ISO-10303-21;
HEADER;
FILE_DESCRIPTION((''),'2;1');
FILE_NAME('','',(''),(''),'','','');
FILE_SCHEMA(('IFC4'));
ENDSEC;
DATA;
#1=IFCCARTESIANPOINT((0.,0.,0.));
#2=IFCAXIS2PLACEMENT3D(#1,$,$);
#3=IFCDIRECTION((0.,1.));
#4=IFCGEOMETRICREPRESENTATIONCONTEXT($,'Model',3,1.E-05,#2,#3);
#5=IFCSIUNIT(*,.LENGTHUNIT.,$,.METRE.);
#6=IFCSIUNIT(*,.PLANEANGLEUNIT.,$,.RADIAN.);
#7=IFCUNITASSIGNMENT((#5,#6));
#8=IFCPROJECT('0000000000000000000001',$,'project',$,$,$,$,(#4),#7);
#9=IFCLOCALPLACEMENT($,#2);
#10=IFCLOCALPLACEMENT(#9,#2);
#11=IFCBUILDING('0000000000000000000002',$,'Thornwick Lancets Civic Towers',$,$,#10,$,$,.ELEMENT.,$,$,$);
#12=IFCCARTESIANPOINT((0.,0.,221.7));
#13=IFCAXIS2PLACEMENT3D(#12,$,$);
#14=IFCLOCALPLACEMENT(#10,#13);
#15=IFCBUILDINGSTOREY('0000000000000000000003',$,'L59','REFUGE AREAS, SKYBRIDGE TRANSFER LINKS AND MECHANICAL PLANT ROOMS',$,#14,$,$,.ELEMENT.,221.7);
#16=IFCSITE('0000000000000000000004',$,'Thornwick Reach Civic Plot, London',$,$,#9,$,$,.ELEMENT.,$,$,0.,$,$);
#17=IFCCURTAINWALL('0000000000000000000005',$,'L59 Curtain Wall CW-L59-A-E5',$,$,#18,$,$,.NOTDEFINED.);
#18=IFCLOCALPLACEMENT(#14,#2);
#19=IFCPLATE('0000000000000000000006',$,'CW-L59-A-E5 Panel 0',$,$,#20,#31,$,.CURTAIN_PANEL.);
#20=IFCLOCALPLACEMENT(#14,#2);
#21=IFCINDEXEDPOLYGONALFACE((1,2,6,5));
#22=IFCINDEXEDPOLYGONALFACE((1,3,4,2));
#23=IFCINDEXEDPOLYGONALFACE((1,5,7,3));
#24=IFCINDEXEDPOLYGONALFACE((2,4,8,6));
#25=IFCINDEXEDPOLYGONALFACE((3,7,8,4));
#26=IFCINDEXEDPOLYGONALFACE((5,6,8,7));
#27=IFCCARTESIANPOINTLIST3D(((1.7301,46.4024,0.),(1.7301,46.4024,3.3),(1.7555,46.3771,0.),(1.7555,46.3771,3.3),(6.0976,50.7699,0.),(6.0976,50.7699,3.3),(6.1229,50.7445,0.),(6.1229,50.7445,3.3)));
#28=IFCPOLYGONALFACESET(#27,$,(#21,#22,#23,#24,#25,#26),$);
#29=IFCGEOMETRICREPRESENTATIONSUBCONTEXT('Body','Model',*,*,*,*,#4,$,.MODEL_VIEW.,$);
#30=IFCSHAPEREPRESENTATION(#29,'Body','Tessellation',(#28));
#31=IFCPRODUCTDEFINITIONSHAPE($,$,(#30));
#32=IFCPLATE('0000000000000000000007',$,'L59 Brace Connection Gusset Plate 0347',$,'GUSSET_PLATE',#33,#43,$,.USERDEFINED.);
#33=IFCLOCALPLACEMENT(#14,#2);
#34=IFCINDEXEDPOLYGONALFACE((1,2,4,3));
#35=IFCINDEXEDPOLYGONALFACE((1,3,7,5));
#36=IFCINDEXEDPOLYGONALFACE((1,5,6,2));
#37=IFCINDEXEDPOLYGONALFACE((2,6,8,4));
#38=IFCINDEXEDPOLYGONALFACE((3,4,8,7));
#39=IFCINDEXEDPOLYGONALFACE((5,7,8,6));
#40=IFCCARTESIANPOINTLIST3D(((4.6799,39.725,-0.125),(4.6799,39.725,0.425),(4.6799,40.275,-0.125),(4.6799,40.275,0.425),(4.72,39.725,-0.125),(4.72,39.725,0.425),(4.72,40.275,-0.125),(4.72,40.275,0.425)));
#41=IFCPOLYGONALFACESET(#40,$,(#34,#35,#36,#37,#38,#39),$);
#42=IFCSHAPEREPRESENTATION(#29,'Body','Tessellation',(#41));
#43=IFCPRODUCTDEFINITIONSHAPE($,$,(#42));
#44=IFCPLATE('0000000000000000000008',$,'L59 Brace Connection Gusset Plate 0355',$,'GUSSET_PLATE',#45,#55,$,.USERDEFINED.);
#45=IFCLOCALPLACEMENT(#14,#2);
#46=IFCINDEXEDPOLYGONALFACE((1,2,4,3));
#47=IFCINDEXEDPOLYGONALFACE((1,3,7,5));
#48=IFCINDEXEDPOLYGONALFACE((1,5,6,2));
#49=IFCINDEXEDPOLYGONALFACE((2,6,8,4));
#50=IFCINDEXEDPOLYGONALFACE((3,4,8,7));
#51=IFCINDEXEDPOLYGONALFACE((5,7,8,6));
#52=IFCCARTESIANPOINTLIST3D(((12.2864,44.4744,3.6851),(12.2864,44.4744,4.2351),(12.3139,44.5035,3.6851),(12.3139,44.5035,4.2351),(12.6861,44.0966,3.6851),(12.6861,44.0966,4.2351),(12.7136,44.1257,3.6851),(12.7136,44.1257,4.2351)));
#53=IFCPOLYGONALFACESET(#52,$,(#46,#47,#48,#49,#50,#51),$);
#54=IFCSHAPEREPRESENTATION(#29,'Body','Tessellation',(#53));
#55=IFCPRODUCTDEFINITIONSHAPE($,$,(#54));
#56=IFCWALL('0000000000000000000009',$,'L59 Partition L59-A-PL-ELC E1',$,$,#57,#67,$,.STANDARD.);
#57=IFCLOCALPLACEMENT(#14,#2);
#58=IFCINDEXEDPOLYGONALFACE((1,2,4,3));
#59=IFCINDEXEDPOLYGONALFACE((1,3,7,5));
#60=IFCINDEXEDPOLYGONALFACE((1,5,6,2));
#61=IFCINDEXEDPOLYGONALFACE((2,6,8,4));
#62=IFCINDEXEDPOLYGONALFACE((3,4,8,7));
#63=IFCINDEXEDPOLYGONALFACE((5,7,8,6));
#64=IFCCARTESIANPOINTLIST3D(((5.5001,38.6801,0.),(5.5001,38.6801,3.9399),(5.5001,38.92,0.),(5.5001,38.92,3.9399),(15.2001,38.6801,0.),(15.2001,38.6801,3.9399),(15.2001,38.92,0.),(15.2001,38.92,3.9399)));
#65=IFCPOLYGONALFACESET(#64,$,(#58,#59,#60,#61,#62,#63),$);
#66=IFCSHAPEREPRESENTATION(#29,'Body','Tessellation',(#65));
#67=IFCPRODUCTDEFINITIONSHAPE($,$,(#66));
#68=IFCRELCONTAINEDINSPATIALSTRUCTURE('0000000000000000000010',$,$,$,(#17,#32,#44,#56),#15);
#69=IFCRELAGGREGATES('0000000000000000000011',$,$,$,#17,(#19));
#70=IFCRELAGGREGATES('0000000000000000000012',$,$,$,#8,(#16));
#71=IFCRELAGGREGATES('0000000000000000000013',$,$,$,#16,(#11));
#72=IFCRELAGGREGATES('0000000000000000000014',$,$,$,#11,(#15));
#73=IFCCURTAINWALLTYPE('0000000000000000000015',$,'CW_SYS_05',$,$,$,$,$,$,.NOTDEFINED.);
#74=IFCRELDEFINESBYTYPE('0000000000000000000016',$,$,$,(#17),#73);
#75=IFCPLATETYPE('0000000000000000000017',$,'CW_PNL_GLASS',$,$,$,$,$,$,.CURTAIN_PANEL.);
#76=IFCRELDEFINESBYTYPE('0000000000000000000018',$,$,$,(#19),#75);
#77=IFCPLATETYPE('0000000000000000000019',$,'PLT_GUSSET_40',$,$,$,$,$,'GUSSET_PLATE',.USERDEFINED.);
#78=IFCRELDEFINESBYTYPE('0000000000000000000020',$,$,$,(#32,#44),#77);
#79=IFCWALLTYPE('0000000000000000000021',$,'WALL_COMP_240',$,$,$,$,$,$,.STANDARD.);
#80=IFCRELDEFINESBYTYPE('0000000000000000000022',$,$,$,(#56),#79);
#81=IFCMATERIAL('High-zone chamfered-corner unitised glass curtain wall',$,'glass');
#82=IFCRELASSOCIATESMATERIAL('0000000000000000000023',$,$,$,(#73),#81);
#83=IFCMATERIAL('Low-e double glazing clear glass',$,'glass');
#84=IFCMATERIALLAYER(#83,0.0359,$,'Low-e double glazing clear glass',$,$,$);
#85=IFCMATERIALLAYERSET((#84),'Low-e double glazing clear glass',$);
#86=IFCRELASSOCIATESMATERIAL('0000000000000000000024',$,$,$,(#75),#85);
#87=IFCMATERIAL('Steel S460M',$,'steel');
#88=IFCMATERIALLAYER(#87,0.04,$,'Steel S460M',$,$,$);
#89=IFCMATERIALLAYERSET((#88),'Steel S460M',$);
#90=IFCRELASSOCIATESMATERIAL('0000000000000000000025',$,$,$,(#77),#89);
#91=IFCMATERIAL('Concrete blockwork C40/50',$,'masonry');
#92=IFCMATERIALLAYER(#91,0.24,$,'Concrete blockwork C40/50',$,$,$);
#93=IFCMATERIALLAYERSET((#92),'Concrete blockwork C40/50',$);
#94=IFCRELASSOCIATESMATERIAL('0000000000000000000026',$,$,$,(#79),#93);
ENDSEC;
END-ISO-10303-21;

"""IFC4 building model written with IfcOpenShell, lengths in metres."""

from ifc_helpers import new_model, si_unit, direction, frame, frame_2d, origin, origin_2d, place, context, subcontext, project, spatial, rectangle, extrude, material, layer, layer_set, type_object, element, aggregate, save


model = new_model("IFC4")

# Units and contexts
model_context = context("Model", 3, precision=1e-05, world=origin(), true_north=direction((0.0, 1.0)))
body_context = subcontext(model_context, "Body", "Model", "MODEL_VIEW")
ifc_project = project(units=[si_unit("LENGTHUNIT", "METRE"), si_unit("PLANEANGLEUNIT", "RADIAN")], contexts=[model_context])

# Site, building, storey
site_placement = place(None, origin())
site = spatial("IfcSite", under=ifc_project, at=site_placement, Name="Thornwick Reach Civic Plot, London", CompositionType="ELEMENT", RefElevation=0.0)
building_placement = place(site_placement, origin())
building = spatial("IfcBuilding", under=site, at=building_placement, Name="Thornwick Lancets Civic Towers", CompositionType="ELEMENT")
storey_placement = place(building_placement, frame((0.0, 0.0, 221.7)))
storey = spatial("IfcBuildingStorey", under=building, at=storey_placement, Name="L59", Description="REFUGE AREAS, SKYBRIDGE TRANSFER LINKS AND MECHANICAL PLANT ROOMS", CompositionType="ELEMENT", Elevation=221.7)

# Shared definitions
ifc_material_1 = material(Name="Steel S460M", Category="steel")

# Curtain wall
ifc_material_2 = material(Name="High-zone chamfered-corner unitised glass curtain wall", Category="glass")
curtain_wall_type = type_object("IfcCurtainWallType", Name="CW_SYS_05", PredefinedType="NOTDEFINED", material=ifc_material_2)
curtain_wall_placement = place(storey_placement, origin())
curtain_wall = element("IfcCurtainWall", 1, at=curtain_wall_placement, inside=storey, type_object=curtain_wall_type, Name="L59 Curtain Wall CW-L59-A-E5", PredefinedType="NOTDEFINED")

# Plate
ifc_material_3 = material(Name="Low-e double glazing clear glass", Category="glass")
ifc_layer_1 = layer(ifc_material_3, 0.0359, Name="Low-e double glazing clear glass")
ifc_layer_set_1 = layer_set([ifc_layer_1], Name="Low-e double glazing clear glass")
plate_type_1 = type_object("IfcPlateType", Name="CW_PNL_GLASS", PredefinedType="CURTAIN_PANEL", material=ifc_layer_set_1)
plate_placement = place(storey_placement, frame((3.9265, 48.5735, 0.0), z_axis=(0.0, 0.0, 1.0), x_axis=(-0.707107, -0.707107, 0.0)))
plate = element("IfcPlate", 2, at=plate_placement, type_object=plate_type_1, Name="CW-L59-A-E5 Panel 0", PredefinedType="CURTAIN_PANEL", context=body_context, shape_type="SweptSolid", body=[
    extrude(rectangle(XDim=6.1765, YDim=0.0359, at=origin_2d()), origin(), (0.0, 0.0, 1.0), 3.3),
])
aggregate(curtain_wall, [plate])

# Plates
ifc_layer_2 = layer(ifc_material_1, 0.04, Name="Steel S460M")
ifc_layer_set_2 = layer_set([ifc_layer_2], Name="Steel S460M")
plate_type_2 = type_object("IfcPlateType", Name="PLT_GUSSET_40", ElementType="GUSSET_PLATE", PredefinedType="USERDEFINED", material=ifc_layer_set_2)
for number, where, z_axis, x_axis, name in (
    (3, (4.7, 40.0, -0.125), (0.0, 0.0, 1.0), (0.0, -1.0, 0.0), "L59 Brace Connection Gusset Plate 0347"),
    (4, (12.5, 44.3, 3.6851), (0.0, 0.0, 1.0), (-0.726814, 0.686834, 0.0), "L59 Brace Connection Gusset Plate 0355"),
):
    element("IfcPlate", number, at=place(storey_placement, frame(where, z_axis=z_axis, x_axis=x_axis)), inside=storey, type_object=plate_type_2, Name=name, ObjectType="GUSSET_PLATE", PredefinedType="USERDEFINED", context=body_context, shape_type="SweptSolid", body=[
        extrude(rectangle(XDim=0.55, YDim=0.04, at=origin_2d()), origin(), (0.0, 0.0, 1.0), 0.55),
    ])

# Wall
ifc_material_4 = material(Name="Concrete blockwork C40/50", Category="masonry")
ifc_layer_3 = layer(ifc_material_4, 0.24, Name="Concrete blockwork C40/50")
ifc_layer_set_3 = layer_set([ifc_layer_3], Name="Concrete blockwork C40/50")
wall_type_1 = type_object("IfcWallType", Name="WALL_COMP_240", PredefinedType="STANDARD", material=ifc_layer_set_3)
wall_1_placement = place(storey_placement, frame((5.5, 38.8, 0.0), z_axis=(0.0, 0.0, 1.0), x_axis=(1.0, 0.0, 0.0)))
element("IfcWall", 5, at=wall_1_placement, inside=storey, type_object=wall_type_1, Name="L59 Partition L59-A-PL-ELC E1", PredefinedType="STANDARD", context=body_context, shape_type="SweptSolid", body=[
    extrude(rectangle(XDim=9.7, YDim=0.24, at=frame_2d((4.8501, 0.0))), origin(), (0.0, 0.0, 1.0), 3.9399),
])

save(model, "model.ifc")
